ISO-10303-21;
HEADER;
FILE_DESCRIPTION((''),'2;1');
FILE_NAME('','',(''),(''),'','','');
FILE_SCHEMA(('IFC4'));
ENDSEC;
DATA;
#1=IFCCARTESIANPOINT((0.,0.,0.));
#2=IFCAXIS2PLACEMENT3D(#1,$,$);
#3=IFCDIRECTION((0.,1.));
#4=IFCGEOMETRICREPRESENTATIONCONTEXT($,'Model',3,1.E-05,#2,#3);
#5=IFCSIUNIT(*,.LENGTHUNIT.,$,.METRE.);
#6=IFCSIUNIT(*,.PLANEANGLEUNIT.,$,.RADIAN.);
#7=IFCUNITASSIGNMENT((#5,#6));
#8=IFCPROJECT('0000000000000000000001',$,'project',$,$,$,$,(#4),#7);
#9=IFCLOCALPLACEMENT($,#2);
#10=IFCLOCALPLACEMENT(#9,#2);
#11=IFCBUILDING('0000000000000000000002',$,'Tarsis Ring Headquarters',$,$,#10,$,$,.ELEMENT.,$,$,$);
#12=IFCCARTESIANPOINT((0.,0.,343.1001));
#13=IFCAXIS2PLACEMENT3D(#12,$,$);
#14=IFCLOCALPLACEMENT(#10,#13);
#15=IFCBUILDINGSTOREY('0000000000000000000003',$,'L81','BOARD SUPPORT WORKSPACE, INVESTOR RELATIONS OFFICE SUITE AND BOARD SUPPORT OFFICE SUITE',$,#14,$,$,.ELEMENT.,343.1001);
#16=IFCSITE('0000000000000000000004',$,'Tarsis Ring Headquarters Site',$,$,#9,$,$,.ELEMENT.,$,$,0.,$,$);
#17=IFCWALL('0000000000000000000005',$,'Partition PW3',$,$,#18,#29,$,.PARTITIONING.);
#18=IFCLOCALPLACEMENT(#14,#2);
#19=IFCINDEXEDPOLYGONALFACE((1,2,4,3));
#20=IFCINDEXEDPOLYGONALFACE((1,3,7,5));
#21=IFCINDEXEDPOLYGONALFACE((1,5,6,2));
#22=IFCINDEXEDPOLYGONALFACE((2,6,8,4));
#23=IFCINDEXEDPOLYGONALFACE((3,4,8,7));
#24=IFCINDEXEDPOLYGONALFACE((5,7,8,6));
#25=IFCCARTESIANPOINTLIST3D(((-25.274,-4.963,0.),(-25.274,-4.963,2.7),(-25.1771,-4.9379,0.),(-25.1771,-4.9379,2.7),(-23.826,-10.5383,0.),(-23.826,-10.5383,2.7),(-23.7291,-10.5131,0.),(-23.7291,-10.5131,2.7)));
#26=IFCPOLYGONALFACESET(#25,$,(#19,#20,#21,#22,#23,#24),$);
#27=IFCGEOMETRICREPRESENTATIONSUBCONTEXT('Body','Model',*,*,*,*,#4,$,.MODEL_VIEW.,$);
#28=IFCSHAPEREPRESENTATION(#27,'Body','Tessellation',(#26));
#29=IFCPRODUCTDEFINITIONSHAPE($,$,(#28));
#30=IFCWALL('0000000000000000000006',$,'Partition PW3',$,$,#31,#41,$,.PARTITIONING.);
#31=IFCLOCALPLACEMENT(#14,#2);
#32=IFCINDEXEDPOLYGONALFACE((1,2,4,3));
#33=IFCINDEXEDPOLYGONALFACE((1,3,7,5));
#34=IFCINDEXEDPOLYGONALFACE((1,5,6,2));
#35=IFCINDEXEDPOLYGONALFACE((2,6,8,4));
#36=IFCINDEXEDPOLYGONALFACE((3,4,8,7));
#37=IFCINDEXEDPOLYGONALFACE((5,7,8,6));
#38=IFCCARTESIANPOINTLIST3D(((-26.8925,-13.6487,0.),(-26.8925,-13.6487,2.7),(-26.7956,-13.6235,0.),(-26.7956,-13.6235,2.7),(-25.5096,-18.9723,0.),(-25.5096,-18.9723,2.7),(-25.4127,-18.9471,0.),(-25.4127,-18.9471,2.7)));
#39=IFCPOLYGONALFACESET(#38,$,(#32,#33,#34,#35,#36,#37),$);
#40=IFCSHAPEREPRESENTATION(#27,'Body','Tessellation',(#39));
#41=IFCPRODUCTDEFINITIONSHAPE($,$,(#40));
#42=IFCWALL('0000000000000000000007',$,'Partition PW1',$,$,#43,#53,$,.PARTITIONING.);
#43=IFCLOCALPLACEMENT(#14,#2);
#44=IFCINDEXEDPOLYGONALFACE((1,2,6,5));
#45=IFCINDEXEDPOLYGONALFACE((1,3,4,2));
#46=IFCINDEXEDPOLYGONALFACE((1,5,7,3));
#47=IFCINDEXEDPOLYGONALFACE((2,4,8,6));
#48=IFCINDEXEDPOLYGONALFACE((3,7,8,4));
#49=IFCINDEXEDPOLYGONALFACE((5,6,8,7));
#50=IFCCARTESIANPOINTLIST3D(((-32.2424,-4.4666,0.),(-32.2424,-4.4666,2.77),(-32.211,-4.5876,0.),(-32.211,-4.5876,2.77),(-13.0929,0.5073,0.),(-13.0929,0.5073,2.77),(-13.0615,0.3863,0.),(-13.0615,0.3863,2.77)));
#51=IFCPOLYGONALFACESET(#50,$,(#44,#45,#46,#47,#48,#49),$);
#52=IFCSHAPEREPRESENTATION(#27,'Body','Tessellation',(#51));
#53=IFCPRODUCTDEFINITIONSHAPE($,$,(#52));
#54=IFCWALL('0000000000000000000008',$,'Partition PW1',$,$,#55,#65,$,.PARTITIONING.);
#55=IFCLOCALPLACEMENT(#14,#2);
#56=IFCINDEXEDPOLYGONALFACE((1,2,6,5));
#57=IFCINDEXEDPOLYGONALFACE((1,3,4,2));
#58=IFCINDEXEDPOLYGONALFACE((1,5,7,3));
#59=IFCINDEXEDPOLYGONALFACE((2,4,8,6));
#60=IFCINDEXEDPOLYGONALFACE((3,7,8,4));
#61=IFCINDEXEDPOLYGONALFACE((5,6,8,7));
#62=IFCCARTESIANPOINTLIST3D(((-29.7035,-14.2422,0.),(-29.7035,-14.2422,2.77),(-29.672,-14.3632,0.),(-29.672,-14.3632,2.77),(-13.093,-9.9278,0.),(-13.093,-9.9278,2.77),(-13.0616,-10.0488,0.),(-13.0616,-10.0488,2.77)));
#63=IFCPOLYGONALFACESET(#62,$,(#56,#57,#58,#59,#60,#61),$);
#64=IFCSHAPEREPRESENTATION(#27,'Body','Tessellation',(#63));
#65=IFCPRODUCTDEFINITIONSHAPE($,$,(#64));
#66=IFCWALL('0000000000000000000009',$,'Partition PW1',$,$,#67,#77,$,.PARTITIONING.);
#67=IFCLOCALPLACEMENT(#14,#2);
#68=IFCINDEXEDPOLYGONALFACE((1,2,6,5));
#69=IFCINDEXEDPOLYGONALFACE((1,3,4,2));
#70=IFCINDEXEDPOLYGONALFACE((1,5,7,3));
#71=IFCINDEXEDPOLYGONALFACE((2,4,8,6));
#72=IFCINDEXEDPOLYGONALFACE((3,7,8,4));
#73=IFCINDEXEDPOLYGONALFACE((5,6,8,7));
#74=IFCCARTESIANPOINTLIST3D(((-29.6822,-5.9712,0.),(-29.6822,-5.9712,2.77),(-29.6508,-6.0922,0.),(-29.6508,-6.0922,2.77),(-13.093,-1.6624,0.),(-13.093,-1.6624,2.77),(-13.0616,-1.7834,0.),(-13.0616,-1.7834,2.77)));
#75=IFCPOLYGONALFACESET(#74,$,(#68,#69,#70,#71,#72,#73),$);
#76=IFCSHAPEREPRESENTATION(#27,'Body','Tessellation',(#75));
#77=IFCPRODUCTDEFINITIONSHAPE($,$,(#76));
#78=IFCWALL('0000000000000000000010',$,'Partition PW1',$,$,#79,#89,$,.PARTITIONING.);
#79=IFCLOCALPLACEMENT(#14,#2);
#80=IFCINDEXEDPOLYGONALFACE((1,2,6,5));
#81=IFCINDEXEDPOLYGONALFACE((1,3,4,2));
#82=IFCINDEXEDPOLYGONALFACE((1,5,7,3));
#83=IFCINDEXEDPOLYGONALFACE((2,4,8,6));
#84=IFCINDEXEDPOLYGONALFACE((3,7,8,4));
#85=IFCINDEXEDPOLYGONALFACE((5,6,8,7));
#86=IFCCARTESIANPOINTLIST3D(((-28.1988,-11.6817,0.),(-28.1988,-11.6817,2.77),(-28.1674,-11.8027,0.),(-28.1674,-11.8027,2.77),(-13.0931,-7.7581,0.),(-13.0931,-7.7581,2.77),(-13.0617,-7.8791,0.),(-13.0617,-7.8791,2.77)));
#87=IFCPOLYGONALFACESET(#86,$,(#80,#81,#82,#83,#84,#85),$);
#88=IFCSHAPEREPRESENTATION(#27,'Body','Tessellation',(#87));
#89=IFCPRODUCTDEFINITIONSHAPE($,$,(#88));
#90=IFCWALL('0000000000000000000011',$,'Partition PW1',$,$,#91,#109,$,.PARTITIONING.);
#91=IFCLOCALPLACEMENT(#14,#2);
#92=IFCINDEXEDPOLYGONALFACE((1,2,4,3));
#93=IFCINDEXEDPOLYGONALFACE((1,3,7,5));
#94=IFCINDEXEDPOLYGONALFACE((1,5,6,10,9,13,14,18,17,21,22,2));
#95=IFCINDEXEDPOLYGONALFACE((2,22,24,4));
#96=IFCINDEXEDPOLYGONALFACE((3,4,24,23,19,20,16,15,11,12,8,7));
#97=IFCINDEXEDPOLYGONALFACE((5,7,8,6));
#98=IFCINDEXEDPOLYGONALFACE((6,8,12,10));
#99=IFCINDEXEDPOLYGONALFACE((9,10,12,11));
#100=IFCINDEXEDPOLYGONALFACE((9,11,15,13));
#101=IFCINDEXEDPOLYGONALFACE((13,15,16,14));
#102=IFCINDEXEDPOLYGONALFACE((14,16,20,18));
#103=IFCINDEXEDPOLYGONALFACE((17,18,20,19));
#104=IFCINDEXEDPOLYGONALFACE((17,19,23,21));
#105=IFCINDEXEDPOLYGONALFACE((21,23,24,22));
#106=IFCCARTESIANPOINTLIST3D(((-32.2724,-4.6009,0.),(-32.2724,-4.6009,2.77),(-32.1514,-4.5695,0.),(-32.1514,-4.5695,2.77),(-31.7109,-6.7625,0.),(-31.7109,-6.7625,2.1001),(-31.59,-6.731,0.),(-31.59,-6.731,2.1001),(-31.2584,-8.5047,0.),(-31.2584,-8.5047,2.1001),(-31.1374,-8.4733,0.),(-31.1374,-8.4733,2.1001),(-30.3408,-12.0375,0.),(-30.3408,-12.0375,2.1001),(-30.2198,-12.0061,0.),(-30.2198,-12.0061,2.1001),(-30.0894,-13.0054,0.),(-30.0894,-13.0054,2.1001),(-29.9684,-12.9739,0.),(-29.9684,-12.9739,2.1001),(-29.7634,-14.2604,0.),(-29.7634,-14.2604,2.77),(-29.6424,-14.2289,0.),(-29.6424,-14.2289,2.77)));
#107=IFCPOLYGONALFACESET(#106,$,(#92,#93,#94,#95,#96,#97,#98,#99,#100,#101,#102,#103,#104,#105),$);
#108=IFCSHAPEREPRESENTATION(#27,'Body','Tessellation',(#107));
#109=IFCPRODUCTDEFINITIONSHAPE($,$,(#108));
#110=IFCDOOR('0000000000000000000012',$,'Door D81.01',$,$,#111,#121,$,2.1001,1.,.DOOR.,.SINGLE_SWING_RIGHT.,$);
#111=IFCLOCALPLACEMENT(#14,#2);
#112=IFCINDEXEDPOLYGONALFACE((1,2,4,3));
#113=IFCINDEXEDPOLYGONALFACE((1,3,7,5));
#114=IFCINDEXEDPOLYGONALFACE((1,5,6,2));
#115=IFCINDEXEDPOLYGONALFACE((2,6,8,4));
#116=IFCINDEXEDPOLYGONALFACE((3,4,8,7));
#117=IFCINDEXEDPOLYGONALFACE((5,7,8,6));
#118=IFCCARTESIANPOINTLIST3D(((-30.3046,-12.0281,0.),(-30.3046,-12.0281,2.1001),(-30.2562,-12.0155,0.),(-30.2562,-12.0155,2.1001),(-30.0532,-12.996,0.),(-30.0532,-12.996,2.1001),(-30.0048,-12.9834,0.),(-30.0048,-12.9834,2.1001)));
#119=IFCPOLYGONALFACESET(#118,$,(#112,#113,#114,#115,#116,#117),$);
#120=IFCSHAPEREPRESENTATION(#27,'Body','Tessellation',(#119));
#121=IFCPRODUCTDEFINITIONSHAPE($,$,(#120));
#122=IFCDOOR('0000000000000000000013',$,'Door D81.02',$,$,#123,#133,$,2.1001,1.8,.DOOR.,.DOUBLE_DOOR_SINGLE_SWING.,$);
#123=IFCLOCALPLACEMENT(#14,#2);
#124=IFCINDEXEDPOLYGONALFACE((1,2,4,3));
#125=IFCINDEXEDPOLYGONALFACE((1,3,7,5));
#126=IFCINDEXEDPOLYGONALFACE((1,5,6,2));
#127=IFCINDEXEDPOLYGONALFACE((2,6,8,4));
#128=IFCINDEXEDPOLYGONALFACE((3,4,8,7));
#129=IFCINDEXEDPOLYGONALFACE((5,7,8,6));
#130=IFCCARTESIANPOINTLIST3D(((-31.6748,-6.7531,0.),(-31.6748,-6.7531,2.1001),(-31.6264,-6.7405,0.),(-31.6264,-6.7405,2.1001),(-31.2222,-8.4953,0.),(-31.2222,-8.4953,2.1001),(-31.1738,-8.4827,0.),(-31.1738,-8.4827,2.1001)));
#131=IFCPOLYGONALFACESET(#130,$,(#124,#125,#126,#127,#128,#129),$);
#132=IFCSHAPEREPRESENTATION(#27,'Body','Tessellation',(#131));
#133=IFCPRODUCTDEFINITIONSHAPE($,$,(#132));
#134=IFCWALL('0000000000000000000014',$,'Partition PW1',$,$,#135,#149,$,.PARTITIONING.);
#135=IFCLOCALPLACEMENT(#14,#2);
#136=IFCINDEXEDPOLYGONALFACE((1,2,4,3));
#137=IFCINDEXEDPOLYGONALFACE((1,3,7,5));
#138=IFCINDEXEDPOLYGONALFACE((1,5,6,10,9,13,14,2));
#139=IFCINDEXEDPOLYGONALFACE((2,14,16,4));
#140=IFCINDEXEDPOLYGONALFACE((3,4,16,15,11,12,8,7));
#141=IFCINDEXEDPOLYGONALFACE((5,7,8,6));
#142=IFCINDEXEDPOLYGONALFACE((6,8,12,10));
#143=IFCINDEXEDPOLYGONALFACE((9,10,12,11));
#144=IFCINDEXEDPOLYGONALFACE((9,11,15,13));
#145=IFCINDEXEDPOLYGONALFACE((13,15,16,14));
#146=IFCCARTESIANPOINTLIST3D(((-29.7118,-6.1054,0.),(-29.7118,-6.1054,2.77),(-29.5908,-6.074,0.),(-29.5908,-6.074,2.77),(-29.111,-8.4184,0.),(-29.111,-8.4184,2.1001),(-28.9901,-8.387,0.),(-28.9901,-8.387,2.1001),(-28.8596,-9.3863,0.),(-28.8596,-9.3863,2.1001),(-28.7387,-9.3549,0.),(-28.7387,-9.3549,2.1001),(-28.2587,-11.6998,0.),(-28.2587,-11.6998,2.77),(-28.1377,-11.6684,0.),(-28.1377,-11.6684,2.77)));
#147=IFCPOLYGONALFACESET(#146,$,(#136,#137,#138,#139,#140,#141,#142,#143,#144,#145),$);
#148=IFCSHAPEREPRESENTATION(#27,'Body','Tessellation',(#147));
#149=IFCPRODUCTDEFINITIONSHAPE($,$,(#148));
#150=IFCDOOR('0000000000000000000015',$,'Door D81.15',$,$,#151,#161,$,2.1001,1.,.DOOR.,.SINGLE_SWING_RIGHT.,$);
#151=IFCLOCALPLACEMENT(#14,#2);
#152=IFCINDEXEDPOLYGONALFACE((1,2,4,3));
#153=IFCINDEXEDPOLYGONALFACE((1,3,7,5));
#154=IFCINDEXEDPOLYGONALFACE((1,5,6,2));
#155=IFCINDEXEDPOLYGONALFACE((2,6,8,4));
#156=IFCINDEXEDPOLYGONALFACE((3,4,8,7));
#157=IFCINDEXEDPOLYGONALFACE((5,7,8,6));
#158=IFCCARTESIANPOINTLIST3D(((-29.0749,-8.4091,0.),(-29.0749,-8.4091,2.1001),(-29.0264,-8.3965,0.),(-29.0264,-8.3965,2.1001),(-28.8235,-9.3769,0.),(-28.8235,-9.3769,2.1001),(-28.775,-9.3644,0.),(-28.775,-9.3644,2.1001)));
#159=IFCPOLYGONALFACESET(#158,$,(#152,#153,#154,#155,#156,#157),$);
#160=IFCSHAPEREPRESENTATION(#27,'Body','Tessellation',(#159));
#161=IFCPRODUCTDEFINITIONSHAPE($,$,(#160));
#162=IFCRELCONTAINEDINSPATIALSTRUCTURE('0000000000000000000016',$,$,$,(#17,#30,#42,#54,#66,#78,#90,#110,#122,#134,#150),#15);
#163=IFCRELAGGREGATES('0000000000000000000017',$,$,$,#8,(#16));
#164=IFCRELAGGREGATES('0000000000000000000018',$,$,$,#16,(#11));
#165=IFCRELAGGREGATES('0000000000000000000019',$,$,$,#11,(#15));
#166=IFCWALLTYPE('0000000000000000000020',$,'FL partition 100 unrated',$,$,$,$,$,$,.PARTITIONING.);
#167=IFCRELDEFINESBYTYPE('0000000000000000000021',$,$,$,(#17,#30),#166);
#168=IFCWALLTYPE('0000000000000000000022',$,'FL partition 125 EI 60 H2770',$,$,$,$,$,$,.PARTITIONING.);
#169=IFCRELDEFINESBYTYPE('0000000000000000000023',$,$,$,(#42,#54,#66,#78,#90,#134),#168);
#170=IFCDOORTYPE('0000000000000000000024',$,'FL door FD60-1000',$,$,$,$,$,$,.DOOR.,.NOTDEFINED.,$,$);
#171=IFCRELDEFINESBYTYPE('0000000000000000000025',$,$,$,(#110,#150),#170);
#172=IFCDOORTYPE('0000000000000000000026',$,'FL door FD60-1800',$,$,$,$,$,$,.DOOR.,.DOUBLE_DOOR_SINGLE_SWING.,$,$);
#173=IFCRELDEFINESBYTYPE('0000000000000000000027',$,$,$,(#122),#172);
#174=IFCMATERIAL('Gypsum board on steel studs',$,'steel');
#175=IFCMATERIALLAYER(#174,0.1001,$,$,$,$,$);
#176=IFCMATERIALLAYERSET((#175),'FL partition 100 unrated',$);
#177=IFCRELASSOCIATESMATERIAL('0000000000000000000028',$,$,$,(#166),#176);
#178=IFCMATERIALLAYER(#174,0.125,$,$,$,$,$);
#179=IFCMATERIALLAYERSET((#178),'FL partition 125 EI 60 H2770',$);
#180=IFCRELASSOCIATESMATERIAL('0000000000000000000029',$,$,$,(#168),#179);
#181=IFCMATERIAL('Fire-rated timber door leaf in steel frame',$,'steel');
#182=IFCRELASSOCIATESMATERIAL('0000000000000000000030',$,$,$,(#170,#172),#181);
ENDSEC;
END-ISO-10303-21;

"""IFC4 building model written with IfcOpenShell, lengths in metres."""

from ifc_helpers import new_model, si_unit, direction, frame, frame_2d, origin, place, context, subcontext, project, spatial, rectangle, extrude, material, layer, layer_set, type_object, element, fill, save


model = new_model("IFC4")

# Units and contexts
model_context = context("Model", 3, precision=1e-05, world=origin(), true_north=direction((0.0, 1.0)))
body_context = subcontext(model_context, "Body", "Model", "MODEL_VIEW")
ifc_project = project(units=[si_unit("LENGTHUNIT", "METRE"), si_unit("PLANEANGLEUNIT", "RADIAN")], contexts=[model_context])

# Site, building, storey
site_placement = place(None, origin())
site = spatial("IfcSite", under=ifc_project, at=site_placement, Name="Tarsis Ring Headquarters Site", CompositionType="ELEMENT", RefElevation=0.0)
building_placement = place(site_placement, origin())
building = spatial("IfcBuilding", under=site, at=building_placement, Name="Tarsis Ring Headquarters", CompositionType="ELEMENT")
storey_placement = place(building_placement, frame((0.0, 0.0, 343.1001)))
storey = spatial("IfcBuildingStorey", under=building, at=storey_placement, Name="L81", Description="BOARD SUPPORT WORKSPACE, INVESTOR RELATIONS OFFICE SUITE AND BOARD SUPPORT OFFICE SUITE", CompositionType="ELEMENT", Elevation=343.1001)

# Walls
ifc_material_1 = material(Name="Gypsum board on steel studs", Category="steel")
ifc_layer_1 = layer(ifc_material_1, 0.1001)
ifc_layer_set_1 = layer_set([ifc_layer_1], Name="FL partition 100 unrated")
wall_type_1 = type_object("IfcWallType", Name="FL partition 100 unrated", PredefinedType="PARTITIONING", material=ifc_layer_set_1)
wall_1_placement = place(storey_placement, frame((-25.2256, -4.9504, 0.0), z_axis=(0.0, 0.0, 1.0), x_axis=(0.251381, -0.967888, 0.0)))
element("IfcWall", 1, at=wall_1_placement, inside=storey, type_object=wall_type_1, Name="Partition PW3", PredefinedType="PARTITIONING", context=body_context, shape_type="SweptSolid", body=[
    extrude(rectangle(XDim=5.7603, YDim=0.1001, at=frame_2d((2.8801, 0.0))), origin(), (0.0, 0.0, 1.0), 2.7),
])
wall_2_placement = place(storey_placement, frame((-26.844, -13.6362, 0.0), z_axis=(0.0, 0.0, 1.0), x_axis=(0.251413, -0.96788, 0.0)))
element("IfcWall", 2, at=wall_2_placement, inside=storey, type_object=wall_type_1, Name="Partition PW3", PredefinedType="PARTITIONING", context=body_context, shape_type="SweptSolid", body=[
    extrude(rectangle(XDim=5.5002, YDim=0.1001, at=frame_2d((2.75, 0.0))), origin(), (0.0, 0.0, 1.0), 2.7),
])
ifc_layer_2 = layer(ifc_material_1, 0.125)
ifc_layer_set_2 = layer_set([ifc_layer_2], Name="FL partition 125 EI 60 H2770")
wall_type_2 = type_object("IfcWallType", Name="FL partition 125 EI 60 H2770", PredefinedType="PARTITIONING", material=ifc_layer_set_2)
wall_3_placement = place(storey_placement, frame((-32.2268, -4.5271, 0.0), z_axis=(0.0, 0.0, 1.0), x_axis=(0.967884, 0.251399, 0.0)))
element("IfcWall", 3, at=wall_3_placement, inside=storey, type_object=wall_type_2, Name="Partition PW1", PredefinedType="PARTITIONING", context=body_context, shape_type="SweptSolid", body=[
    extrude(rectangle(XDim=19.7849, YDim=0.125, at=frame_2d((9.8926, 0.0))), origin(), (0.0, 0.0, 1.0), 2.77),
])
wall_4_placement = place(storey_placement, frame((-29.6877, -14.3027, 0.0), z_axis=(0.0, 0.0, 1.0), x_axis=(0.967883, 0.251403, 0.0)))
element("IfcWall", 4, at=wall_4_placement, inside=storey, type_object=wall_type_2, Name="Partition PW1", PredefinedType="PARTITIONING", context=body_context, shape_type="SweptSolid", body=[
    extrude(rectangle(XDim=17.1616, YDim=0.125, at=frame_2d((8.5808, 0.0))), origin(), (0.0, 0.0, 1.0), 2.77),
])
wall_5_placement = place(storey_placement, frame((-29.6665, -6.0317, 0.0), z_axis=(0.0, 0.0, 1.0), x_axis=(0.967884, 0.251397, 0.0)))
element("IfcWall", 5, at=wall_5_placement, inside=storey, type_object=wall_type_2, Name="Partition PW1", PredefinedType="PARTITIONING", context=body_context, shape_type="SweptSolid", body=[
    extrude(rectangle(XDim=17.1396, YDim=0.125, at=frame_2d((8.5698, 0.0))), origin(), (0.0, 0.0, 1.0), 2.77),
])
wall_6_placement = place(storey_placement, frame((-28.1831, -11.7422, 0.0), z_axis=(0.0, 0.0, 1.0), x_axis=(0.967883, 0.2514, 0.0)))
element("IfcWall", 6, at=wall_6_placement, inside=storey, type_object=wall_type_2, Name="Partition PW1", PredefinedType="PARTITIONING", context=body_context, shape_type="SweptSolid", body=[
    extrude(rectangle(XDim=15.6069, YDim=0.125, at=frame_2d((7.8035, 0.0))), origin(), (0.0, 0.0, 1.0), 2.77),
])

# Wall, openings, doors
wall_7_placement = place(storey_placement, frame((-32.2119, -4.5852, 0.0), z_axis=(0.0, 0.0, 1.0), x_axis=(0.251407, -0.967881, 0.0)))
wall_7 = element("IfcWall", 7, at=wall_7_placement, inside=storey, type_object=wall_type_2, Name="Partition PW1", PredefinedType="PARTITIONING", context=body_context, shape_type="SweptSolid", body=[
    extrude(rectangle(XDim=9.98, YDim=0.125, at=frame_2d((4.99, 0.0))), origin(), (0.0, 0.0, 1.0), 2.77),
])
opening_1_placement = place(wall_7_placement, frame((7.6833, 0.0, 0.0)))
opening_1 = element("IfcOpeningElement", 8, at=opening_1_placement, cuts=wall_7, PredefinedType="OPENING", context=body_context, shape_type="SweptSolid", body=[
    extrude(rectangle(XDim=1.0, YDim=2.1001, at=frame_2d((0.5, 1.05))), frame((0.0, 0.0725, 0.0), z_axis=(0.0, -1.0, 0.0), x_axis=(1.0, 0.0, 0.0)), (0.0, 0.0, 1.0), 0.145),
])
opening_2_placement = place(wall_7_placement, frame((2.2334, 0.0, 0.0)))
opening_2 = element("IfcOpeningElement", 9, at=opening_2_placement, cuts=wall_7, PredefinedType="OPENING", context=body_context, shape_type="SweptSolid", body=[
    extrude(rectangle(XDim=1.8, YDim=2.1001, at=frame_2d((0.8999, 1.05))), frame((0.0, 0.0725, 0.0), z_axis=(0.0, -1.0, 0.0), x_axis=(1.0, 0.0, 0.0)), (0.0, 0.0, 1.0), 0.145),
])
ifc_material_2 = material(Name="Fire-rated timber door leaf in steel frame", Category="steel")
door_type_1 = type_object("IfcDoorType", Name="FL door FD60-1000", OperationType="NOTDEFINED", PredefinedType="DOOR", material=ifc_material_2)
door_1_placement = place(opening_1_placement, origin())
door_1 = element("IfcDoor", 10, at=door_1_placement, inside=storey, type_object=door_type_1, Name="Door D81.01", OperationType="SINGLE_SWING_RIGHT", OverallHeight=2.1001, OverallWidth=1.0, PredefinedType="DOOR", context=body_context, shape_type="SweptSolid", body=[
    extrude(rectangle(XDim=1.0, YDim=2.1001, at=frame_2d((0.5, 1.05))), frame((0.0, 0.0249, 0.0), z_axis=(0.0, -1.0, 0.0), x_axis=(1.0, 0.0, 0.0)), (0.0, 0.0, 1.0), 0.05),
])
fill(opening_1, door_1)
door_type_2 = type_object("IfcDoorType", Name="FL door FD60-1800", OperationType="DOUBLE_DOOR_SINGLE_SWING", PredefinedType="DOOR", material=ifc_material_2)
door_2_placement = place(opening_2_placement, origin())
door_2 = element("IfcDoor", 11, at=door_2_placement, inside=storey, type_object=door_type_2, Name="Door D81.02", OperationType="DOUBLE_DOOR_SINGLE_SWING", OverallHeight=2.1001, OverallWidth=1.8, PredefinedType="DOOR", context=body_context, shape_type="SweptSolid", body=[
    extrude(rectangle(XDim=1.8, YDim=2.1001, at=frame_2d((0.8999, 1.05))), frame((0.0, 0.0249, 0.0), z_axis=(0.0, -1.0, 0.0), x_axis=(1.0, 0.0, 0.0)), (0.0, 0.0, 1.0), 0.05),
])
fill(opening_2, door_2)

# Wall, opening, door
wall_8_placement = place(storey_placement, frame((-29.6514, -6.0896, 0.0), z_axis=(0.0, 0.0, 1.0), x_axis=(0.2514, -0.967883, 0.0)))
wall_8 = element("IfcWall", 12, at=wall_8_placement, inside=storey, type_object=wall_type_2, Name="Partition PW1", PredefinedType="PARTITIONING", context=body_context, shape_type="SweptSolid", body=[
    extrude(rectangle(XDim=5.78, YDim=0.125, at=frame_2d((2.8901, 0.0))), origin(), (0.0, 0.0, 1.0), 2.77),
])
opening_3_placement = place(wall_8_placement, frame((2.3899, 0.0, 0.0)))
opening_3 = element("IfcOpeningElement", 13, at=opening_3_placement, cuts=wall_8, PredefinedType="OPENING", context=body_context, shape_type="SweptSolid", body=[
    extrude(rectangle(XDim=1.0, YDim=2.1001, at=frame_2d((0.5, 1.05))), frame((0.0, 0.0725, 0.0), z_axis=(0.0, -1.0, 0.0), x_axis=(1.0, 0.0, 0.0)), (0.0, 0.0, 1.0), 0.145),
])
door_3_placement = place(opening_3_placement, origin())
door_3 = element("IfcDoor", 14, at=door_3_placement, inside=storey, type_object=door_type_1, Name="Door D81.15", OperationType="SINGLE_SWING_RIGHT", OverallHeight=2.1001, OverallWidth=1.0, PredefinedType="DOOR", context=body_context, shape_type="SweptSolid", body=[
    extrude(rectangle(XDim=1.0, YDim=2.1001, at=frame_2d((0.5, 1.05))), frame((0.0, 0.0249, 0.0), z_axis=(0.0, -1.0, 0.0), x_axis=(1.0, 0.0, 0.0)), (0.0, 0.0, 1.0), 0.05),
])
fill(opening_3, door_3)

save(model, "model.ifc")
